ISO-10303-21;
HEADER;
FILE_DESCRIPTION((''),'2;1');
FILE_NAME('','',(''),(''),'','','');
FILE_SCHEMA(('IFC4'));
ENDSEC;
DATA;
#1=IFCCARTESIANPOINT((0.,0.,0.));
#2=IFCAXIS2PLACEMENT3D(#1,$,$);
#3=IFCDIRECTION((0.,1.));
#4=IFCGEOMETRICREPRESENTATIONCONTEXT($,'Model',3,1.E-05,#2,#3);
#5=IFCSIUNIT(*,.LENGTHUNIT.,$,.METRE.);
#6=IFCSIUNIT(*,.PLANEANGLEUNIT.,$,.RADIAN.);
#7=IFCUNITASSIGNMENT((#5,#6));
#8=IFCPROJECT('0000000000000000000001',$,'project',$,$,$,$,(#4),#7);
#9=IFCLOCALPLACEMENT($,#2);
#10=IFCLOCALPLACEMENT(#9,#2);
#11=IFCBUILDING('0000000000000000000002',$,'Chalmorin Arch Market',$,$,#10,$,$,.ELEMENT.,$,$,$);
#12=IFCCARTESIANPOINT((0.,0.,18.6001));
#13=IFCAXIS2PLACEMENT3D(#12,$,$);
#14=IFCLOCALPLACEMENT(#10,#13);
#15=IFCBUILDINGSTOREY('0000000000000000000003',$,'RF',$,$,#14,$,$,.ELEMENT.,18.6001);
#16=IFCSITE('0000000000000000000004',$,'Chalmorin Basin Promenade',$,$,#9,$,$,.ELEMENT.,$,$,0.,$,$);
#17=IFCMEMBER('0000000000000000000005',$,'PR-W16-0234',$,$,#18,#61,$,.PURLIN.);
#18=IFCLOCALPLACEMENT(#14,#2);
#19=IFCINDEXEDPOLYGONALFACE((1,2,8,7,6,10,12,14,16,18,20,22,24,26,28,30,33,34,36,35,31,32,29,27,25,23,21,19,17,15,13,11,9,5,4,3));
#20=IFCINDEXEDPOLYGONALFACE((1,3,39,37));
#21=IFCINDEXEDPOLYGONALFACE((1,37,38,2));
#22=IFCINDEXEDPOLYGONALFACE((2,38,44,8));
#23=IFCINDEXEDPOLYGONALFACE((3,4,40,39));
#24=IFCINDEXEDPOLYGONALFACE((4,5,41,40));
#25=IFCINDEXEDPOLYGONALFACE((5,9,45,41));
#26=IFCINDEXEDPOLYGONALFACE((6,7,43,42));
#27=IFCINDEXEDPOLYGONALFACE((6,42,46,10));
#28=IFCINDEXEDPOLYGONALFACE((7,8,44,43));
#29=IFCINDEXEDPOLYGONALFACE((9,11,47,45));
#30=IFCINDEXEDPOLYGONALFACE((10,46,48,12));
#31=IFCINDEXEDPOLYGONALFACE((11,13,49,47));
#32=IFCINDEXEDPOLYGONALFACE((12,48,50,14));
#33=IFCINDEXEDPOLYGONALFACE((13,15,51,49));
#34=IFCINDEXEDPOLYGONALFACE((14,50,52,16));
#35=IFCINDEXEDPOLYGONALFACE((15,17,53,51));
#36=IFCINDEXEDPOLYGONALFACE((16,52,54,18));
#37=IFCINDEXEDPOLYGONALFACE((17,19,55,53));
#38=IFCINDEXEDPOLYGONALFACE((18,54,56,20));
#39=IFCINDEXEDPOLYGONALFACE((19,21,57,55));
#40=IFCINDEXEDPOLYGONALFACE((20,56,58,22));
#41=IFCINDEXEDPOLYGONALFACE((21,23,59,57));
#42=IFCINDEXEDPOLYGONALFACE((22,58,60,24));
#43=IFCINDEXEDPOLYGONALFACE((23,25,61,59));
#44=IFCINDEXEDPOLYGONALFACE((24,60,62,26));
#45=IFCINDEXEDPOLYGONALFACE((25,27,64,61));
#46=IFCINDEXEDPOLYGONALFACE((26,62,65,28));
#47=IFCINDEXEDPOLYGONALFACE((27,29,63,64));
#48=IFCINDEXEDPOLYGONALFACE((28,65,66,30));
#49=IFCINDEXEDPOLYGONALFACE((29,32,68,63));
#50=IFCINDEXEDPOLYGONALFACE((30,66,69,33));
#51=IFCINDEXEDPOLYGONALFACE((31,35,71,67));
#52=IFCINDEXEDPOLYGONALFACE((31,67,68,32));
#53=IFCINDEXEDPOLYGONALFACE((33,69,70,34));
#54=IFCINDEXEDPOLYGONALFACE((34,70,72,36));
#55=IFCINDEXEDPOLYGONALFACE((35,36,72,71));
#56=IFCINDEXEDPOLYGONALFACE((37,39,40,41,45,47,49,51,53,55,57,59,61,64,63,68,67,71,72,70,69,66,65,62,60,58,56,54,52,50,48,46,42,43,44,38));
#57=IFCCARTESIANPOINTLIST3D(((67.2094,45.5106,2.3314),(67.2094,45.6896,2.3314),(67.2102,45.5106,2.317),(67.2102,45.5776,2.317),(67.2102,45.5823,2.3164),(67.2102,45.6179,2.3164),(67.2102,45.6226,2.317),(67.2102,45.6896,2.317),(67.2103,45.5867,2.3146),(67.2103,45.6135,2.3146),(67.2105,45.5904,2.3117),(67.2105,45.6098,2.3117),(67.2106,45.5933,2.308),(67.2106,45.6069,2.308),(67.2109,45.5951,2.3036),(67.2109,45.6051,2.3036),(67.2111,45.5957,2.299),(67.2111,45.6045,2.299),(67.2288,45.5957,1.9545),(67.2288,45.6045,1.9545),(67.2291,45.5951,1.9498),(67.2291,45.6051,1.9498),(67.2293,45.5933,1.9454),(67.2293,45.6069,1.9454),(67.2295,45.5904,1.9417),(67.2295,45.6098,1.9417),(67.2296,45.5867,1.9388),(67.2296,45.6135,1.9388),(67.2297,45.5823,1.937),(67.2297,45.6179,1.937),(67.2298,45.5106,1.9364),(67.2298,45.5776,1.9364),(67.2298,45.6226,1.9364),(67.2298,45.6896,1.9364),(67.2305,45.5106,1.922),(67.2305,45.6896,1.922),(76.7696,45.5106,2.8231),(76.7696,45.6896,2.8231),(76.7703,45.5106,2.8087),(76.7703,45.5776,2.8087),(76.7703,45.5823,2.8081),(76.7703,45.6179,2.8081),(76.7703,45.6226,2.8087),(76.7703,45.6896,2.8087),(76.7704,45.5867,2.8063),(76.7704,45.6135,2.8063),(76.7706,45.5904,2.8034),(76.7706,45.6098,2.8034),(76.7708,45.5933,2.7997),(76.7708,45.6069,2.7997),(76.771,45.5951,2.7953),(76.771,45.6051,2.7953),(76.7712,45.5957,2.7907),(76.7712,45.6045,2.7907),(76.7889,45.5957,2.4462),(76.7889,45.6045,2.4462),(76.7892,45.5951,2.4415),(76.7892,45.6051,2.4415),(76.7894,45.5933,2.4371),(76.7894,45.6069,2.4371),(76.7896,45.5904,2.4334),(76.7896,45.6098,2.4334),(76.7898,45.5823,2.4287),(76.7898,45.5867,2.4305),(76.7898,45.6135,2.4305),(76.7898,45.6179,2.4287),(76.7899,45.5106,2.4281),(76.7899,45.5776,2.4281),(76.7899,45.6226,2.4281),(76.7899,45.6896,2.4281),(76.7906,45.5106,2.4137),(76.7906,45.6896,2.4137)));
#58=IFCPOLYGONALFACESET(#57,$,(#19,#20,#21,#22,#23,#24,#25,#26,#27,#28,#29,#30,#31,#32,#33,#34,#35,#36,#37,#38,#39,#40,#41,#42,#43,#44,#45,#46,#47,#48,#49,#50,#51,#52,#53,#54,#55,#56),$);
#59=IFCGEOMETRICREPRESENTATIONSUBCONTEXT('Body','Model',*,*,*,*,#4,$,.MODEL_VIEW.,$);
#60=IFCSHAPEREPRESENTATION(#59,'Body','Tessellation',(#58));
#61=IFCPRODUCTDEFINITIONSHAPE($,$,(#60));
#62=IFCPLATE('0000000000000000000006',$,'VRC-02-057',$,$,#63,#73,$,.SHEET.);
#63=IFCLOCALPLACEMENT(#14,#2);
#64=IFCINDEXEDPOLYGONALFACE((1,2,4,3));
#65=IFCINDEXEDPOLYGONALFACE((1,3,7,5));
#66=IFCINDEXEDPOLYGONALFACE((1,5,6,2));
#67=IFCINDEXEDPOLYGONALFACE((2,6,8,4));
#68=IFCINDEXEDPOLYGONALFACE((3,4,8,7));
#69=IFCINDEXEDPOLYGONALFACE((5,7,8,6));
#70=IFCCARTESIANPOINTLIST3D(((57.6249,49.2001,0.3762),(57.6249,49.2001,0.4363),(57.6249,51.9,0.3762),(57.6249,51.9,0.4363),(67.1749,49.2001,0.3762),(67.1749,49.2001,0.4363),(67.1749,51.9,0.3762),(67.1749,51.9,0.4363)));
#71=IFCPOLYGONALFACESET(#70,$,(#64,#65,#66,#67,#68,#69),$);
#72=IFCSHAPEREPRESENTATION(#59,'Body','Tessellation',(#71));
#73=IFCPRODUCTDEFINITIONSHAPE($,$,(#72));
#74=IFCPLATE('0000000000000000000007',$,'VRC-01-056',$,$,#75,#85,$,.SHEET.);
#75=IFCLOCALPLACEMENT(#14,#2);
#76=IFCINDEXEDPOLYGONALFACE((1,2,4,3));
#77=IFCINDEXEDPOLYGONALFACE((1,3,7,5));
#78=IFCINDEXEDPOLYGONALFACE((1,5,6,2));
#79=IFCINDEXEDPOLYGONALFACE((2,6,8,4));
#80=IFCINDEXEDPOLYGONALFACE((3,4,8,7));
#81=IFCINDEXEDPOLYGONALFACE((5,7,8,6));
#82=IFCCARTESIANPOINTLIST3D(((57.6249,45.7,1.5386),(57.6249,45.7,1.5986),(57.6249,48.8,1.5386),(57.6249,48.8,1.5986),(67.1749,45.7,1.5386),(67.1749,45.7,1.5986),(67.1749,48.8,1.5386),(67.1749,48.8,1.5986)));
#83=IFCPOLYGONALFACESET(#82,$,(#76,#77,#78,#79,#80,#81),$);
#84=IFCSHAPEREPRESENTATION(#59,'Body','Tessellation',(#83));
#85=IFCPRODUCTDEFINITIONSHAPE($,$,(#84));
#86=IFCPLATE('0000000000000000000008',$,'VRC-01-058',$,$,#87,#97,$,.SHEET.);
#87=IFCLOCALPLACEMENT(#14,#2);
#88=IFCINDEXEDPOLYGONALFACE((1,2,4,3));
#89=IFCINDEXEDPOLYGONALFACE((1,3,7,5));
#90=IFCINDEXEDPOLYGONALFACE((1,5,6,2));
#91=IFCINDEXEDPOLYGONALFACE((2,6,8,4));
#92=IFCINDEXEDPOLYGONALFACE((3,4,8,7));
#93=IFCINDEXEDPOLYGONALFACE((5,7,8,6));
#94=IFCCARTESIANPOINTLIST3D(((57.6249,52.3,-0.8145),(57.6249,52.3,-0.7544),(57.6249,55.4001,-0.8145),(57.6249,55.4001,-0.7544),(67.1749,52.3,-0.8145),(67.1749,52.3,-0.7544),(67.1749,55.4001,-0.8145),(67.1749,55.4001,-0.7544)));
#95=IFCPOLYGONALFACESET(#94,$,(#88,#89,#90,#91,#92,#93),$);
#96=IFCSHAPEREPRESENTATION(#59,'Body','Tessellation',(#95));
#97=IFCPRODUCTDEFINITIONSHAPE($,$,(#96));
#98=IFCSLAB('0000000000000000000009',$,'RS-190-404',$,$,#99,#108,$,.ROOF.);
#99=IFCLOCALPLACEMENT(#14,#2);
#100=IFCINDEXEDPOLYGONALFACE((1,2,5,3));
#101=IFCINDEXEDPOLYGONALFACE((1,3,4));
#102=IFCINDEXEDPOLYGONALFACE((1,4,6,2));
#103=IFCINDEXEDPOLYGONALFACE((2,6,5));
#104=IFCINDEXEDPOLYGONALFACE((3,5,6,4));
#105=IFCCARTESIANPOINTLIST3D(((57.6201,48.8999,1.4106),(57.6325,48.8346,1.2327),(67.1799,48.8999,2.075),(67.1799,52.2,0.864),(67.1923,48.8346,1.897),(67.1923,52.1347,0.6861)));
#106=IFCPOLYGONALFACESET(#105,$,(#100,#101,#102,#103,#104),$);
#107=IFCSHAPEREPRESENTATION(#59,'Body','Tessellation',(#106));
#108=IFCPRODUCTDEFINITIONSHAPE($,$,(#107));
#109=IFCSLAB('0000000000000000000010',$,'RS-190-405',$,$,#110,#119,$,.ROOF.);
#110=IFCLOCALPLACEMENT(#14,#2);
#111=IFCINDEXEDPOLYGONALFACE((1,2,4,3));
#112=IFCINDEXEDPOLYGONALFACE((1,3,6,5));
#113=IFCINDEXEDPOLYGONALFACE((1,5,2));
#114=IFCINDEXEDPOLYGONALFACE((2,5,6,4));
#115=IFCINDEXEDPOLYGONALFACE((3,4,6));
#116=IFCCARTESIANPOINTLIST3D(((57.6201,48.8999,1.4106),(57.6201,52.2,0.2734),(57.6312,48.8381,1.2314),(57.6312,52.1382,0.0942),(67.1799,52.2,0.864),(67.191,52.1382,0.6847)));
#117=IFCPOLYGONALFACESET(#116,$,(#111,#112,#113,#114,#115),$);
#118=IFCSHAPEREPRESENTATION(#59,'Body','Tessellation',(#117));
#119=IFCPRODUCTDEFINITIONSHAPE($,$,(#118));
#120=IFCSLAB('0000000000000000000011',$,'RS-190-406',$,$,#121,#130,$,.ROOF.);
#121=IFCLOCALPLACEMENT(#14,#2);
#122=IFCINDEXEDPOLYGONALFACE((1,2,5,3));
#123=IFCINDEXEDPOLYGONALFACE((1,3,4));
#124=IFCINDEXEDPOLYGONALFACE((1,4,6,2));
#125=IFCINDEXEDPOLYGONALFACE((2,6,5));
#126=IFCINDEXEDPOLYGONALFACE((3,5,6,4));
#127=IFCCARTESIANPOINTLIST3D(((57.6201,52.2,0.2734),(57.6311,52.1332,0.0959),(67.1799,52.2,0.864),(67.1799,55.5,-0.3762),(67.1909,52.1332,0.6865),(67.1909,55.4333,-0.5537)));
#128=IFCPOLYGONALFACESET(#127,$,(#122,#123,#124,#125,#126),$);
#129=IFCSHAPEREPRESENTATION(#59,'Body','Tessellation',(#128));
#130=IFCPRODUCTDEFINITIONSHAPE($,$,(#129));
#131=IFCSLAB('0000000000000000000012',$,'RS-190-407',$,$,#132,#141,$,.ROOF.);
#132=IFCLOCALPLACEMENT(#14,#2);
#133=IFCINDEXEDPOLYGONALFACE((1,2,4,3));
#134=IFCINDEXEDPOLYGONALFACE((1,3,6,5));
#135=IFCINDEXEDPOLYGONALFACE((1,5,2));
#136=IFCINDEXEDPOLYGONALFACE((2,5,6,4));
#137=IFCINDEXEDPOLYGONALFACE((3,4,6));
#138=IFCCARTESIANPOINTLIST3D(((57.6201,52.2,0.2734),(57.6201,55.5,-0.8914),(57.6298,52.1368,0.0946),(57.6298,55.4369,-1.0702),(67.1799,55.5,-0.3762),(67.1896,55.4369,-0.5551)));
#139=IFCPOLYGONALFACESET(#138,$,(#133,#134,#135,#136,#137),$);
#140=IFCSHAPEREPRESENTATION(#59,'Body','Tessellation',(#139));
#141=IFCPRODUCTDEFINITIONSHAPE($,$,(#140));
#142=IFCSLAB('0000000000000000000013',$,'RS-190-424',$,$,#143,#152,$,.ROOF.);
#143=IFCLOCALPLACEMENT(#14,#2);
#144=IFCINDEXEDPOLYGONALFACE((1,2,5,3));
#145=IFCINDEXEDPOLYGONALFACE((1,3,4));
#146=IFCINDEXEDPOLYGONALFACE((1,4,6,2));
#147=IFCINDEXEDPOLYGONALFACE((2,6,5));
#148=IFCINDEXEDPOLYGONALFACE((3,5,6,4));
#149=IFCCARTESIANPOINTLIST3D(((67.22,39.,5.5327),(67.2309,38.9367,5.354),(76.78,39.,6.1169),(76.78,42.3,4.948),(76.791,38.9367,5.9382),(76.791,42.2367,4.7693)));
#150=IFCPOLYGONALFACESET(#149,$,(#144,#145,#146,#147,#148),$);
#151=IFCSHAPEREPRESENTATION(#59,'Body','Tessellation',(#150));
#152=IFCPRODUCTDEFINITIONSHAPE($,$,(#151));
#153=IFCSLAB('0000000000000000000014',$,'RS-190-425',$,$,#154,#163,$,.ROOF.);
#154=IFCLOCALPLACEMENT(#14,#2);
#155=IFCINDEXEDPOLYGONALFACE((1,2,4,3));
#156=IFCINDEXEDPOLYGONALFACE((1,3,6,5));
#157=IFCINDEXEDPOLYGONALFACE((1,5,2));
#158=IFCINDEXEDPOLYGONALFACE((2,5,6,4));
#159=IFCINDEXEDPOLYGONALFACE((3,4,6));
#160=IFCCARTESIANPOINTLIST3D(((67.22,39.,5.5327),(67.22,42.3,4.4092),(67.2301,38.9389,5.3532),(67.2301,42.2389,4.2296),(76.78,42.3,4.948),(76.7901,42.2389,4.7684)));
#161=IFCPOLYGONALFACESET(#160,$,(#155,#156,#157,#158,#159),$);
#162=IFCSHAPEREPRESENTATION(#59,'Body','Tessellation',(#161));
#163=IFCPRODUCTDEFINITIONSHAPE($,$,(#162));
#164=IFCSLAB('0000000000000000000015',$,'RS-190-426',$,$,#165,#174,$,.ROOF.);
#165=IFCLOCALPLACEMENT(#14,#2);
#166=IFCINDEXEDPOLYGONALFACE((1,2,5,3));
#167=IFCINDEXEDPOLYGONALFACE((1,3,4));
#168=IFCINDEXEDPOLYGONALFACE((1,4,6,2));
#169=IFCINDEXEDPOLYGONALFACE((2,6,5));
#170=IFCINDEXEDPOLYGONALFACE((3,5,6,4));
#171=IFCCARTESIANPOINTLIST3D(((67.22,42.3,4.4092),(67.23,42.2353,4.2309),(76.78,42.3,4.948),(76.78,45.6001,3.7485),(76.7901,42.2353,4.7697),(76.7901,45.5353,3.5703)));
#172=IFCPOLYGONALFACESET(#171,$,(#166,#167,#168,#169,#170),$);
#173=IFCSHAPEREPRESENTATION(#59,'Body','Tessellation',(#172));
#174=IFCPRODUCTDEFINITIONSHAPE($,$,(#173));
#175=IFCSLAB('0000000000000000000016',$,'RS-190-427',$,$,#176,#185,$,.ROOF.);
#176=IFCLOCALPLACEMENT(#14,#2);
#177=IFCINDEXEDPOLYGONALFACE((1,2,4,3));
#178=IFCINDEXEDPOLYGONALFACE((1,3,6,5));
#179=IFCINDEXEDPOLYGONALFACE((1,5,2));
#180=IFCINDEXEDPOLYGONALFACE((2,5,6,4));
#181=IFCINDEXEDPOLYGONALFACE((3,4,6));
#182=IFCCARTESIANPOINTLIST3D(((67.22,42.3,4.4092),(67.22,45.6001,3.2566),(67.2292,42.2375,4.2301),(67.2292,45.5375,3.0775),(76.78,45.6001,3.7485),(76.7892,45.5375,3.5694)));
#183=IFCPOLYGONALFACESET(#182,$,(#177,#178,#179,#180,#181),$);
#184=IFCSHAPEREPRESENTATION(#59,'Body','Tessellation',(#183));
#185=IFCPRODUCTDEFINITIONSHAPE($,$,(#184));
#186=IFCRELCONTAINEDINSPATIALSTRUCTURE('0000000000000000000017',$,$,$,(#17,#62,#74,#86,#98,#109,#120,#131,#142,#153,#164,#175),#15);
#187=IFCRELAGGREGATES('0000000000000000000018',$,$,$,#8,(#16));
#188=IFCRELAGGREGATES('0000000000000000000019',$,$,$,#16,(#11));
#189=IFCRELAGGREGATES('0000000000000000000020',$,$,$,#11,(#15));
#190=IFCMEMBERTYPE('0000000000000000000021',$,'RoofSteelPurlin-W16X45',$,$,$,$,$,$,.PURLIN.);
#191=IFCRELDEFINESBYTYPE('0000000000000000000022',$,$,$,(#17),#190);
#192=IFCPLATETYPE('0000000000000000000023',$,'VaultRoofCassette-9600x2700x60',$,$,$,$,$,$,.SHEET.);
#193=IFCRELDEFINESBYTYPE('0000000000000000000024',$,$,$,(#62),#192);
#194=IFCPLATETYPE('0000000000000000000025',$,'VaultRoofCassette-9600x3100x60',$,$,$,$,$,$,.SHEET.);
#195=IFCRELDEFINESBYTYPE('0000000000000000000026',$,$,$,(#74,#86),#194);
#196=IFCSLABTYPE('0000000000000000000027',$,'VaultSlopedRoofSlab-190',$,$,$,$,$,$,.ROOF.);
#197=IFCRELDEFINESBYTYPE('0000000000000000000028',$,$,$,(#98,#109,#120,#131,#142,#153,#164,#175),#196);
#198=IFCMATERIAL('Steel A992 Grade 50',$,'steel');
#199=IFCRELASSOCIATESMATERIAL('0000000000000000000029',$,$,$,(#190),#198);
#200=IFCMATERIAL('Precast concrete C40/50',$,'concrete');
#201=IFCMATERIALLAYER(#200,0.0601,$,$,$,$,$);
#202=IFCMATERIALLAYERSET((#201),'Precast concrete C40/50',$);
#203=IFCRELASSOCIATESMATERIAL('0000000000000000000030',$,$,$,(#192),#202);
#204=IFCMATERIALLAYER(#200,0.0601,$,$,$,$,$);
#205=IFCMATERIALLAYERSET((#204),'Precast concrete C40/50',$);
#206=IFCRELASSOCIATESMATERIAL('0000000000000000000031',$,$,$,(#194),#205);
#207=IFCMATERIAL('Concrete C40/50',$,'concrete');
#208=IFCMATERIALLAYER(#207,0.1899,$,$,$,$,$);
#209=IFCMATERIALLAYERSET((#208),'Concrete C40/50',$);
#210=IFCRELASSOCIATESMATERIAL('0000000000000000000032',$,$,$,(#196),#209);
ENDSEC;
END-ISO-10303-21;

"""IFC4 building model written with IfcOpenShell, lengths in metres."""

from ifc_helpers import new_model, si_unit, direction, frame, origin, origin_2d, place, context, subcontext, project, spatial, polyline, rectangle, i_section, outline, extrude, material, layer, layer_set, material_profile, profile_set, type_object, element, save


model = new_model("IFC4")

# Units and contexts
model_context = context("Model", 3, precision=1e-05, world=origin(), true_north=direction((0.0, 1.0)))
body_context = subcontext(model_context, "Body", "Model", "MODEL_VIEW")
ifc_project = project(units=[si_unit("LENGTHUNIT", "METRE"), si_unit("PLANEANGLEUNIT", "RADIAN")], contexts=[model_context])

# Site, building, storey
site_placement = place(None, origin())
site = spatial("IfcSite", under=ifc_project, at=site_placement, Name="Chalmorin Basin Promenade", CompositionType="ELEMENT", RefElevation=0.0)
building_placement = place(site_placement, origin())
building = spatial("IfcBuilding", under=site, at=building_placement, Name="Chalmorin Arch Market", CompositionType="ELEMENT")
storey_placement = place(building_placement, frame((0.0, 0.0, 18.6001)))
storey = spatial("IfcBuildingStorey", under=building, at=storey_placement, Name="RF", CompositionType="ELEMENT", Elevation=18.6001)

# Member
ifc_material_1 = material(Name="Steel A992 Grade 50", Category="steel")
ifc_material_profile_1 = material_profile(ifc_material_1, i_section(OverallWidth=0.179, OverallDepth=0.4099, WebThickness=0.0088, FlangeThickness=0.0144, FilletRadius=0.0181, at=origin_2d()), Name="W16X45")
ifc_profile_set_1 = profile_set([ifc_material_profile_1], Name="Steel A992 Grade 50")
member_type_1 = type_object("IfcMemberType", Name="RoofSteelPurlin-W16X45", PredefinedType="PURLIN", material=ifc_profile_set_1)
member_1_placement = place(storey_placement, frame((67.22, 45.6001, 2.1267), z_axis=(0.99868, 0.0, 0.051365), x_axis=(0.0, 1.0, 0.0)))
element("IfcMember", 1, at=member_1_placement, inside=storey, type_object=member_type_1, Name="PR-W16-0234", PredefinedType="PURLIN", context=body_context, shape_type="SweptSolid", body=[
    extrude(i_section(OverallWidth=0.179, OverallDepth=0.4099, WebThickness=0.0088, FlangeThickness=0.0144, FilletRadius=0.0181, at=origin_2d()), origin(), (0.0, 0.0, 1.0), 9.5728),
])

# Plates
ifc_material_2 = material(Name="Precast concrete C40/50", Category="concrete")
ifc_layer_1 = layer(ifc_material_2, 0.0601)
ifc_layer_set_1 = layer_set([ifc_layer_1], Name="Precast concrete C40/50")
plate_type_1 = type_object("IfcPlateType", Name="VaultRoofCassette-9600x2700x60", PredefinedType="SHEET", material=ifc_layer_set_1)
plate_placement = place(storey_placement, frame((62.3999, 50.55, 0.3762), z_axis=(0.0, 0.0, 1.0), x_axis=(1.0, 0.0, 0.0)))
element("IfcPlate", 2, at=plate_placement, inside=storey, type_object=plate_type_1, Name="VRC-02-057", PredefinedType="SHEET", context=body_context, shape_type="SweptSolid", body=[
    extrude(rectangle(XDim=9.55, YDim=2.7, at=origin_2d()), origin(), (0.0, 0.0, 1.0), 0.0601),
])
ifc_layer_2 = layer(ifc_material_2, 0.0601)
ifc_layer_set_2 = layer_set([ifc_layer_2], Name="Precast concrete C40/50")
plate_type_2 = type_object("IfcPlateType", Name="VaultRoofCassette-9600x3100x60", PredefinedType="SHEET", material=ifc_layer_set_2)
for number, where, z_axis, x_axis, name in (
    (3, (62.3999, 47.25, 1.5386), (0.0, 0.0, 1.0), (1.0, 0.0, 0.0), "VRC-01-056"),
    (4, (62.3999, 53.8501, -0.8145), (0.0, 0.0, 1.0), (1.0, 0.0, 0.0), "VRC-01-058"),
):
    element("IfcPlate", number, at=place(storey_placement, frame(where, z_axis=z_axis, x_axis=x_axis)), inside=storey, type_object=plate_type_2, Name=name, PredefinedType="SHEET", context=body_context, shape_type="SweptSolid", body=[
        extrude(rectangle(XDim=9.55, YDim=3.1001, at=origin_2d()), origin(), (0.0, 0.0, 1.0), 0.0601),
    ])

# Slabs
ifc_material_3 = material(Name="Concrete C40/50", Category="concrete")
ifc_layer_3 = layer(ifc_material_3, 0.1899)
ifc_layer_set_3 = layer_set([ifc_layer_3], Name="Concrete C40/50")
slab_type = type_object("IfcSlabType", Name="VaultSlopedRoofSlab-190", PredefinedType="ROOF", material=ifc_layer_set_3)
slab_1_placement = place(storey_placement, frame((57.6201, 48.8999, 1.4106), z_axis=(-0.065098, 0.343755, 0.9368), x_axis=(0.997594, 0.0, 0.069322)))
element("IfcSlab", 5, at=slab_1_placement, inside=storey, type_object=slab_type, Name="RS-190-404", PredefinedType="ROOF", context=body_context, shape_type="SweptSolid", body=[
    extrude(outline(polyline([(0.0, 0.0), (9.5829, 0.0), (9.4989, 3.5142), (0.0, 0.0)])), origin(), (0.0, 0.0, -1.0), 0.1899),
])
slab_2_placement = place(storey_placement, frame((57.6201, 48.8999, 1.4106), z_axis=(-0.058307, 0.325247, 0.94383), x_axis=(0.943887, 0.32583, -0.053972)))
element("IfcSlab", 6, at=slab_2_placement, inside=storey, type_object=slab_type, Name="RS-190-405", PredefinedType="ROOF", context=body_context, shape_type="SweptSolid", body=[
    extrude(outline(polyline([(0.0, 0.0), (10.1281, 0.0), (1.1366, 3.3002), (0.0, 0.0)])), origin(), (0.0, 0.0, -1.0), 0.1899),
])
slab_3_placement = place(storey_placement, frame((57.6201, 52.2, 0.2734), z_axis=(-0.057731, 0.351212, 0.934514), x_axis=(0.998097, 0.0, 0.061659)))
element("IfcSlab", 7, at=slab_3_placement, inside=storey, type_object=slab_type, Name="RS-190-406", PredefinedType="ROOF", context=body_context, shape_type="SweptSolid", body=[
    extrude(outline(polyline([(0.0, 0.0), (9.578, 0.0), (9.5016, 3.5246), (0.0, 0.0)])), origin(), (0.0, 0.0, -1.0), 0.1899),
])
slab_4_placement = place(storey_placement, frame((57.6201, 52.2, 0.2734), z_axis=(-0.050748, 0.33241, 0.941769), x_axis=(0.94332, 0.325634, -0.064105)))
element("IfcSlab", 8, at=slab_4_placement, inside=storey, type_object=slab_type, Name="RS-190-407", PredefinedType="ROOF", context=body_context, shape_type="SweptSolid", body=[
    extrude(outline(polyline([(0.0, 0.0), (10.1342, 0.0), (1.1493, 3.3055), (0.0, 0.0)])), origin(), (0.0, 0.0, -1.0), 0.1899),
])
slab_5_placement = place(storey_placement, frame((67.22, 39.0, 5.5327), z_axis=(-0.057509, 0.33334, 0.941051), x_axis=(0.998138, 0.0, 0.060998)))
element("IfcSlab", 9, at=slab_5_placement, inside=storey, type_object=slab_type, Name="RS-190-424", PredefinedType="ROOF", context=body_context, shape_type="SweptSolid", body=[
    extrude(outline(polyline([(0.0, 0.0), (9.5779, 0.0), (9.5066, 3.5002), (0.0, 0.0)])), origin(), (0.0, 0.0, -1.0), 0.1899),
])
slab_6_placement = place(storey_placement, frame((67.22, 39.0, 5.5327), z_axis=(-0.053278, 0.321835, 0.945295), x_axis=(0.943691, 0.325754, -0.057718)))
element("IfcSlab", 10, at=slab_6_placement, inside=storey, type_object=slab_type, Name="RS-190-425", PredefinedType="ROOF", context=body_context, shape_type="SweptSolid", body=[
    extrude(outline(polyline([(0.0, 0.0), (10.1305, 0.0), (1.1399, 3.2944), (0.0, 0.0)])), origin(), (0.0, 0.0, -1.0), 0.1899),
])
slab_7_placement = place(storey_placement, frame((67.22, 42.3, 4.4092), z_axis=(-0.052897, 0.341125, 0.938528), x_axis=(0.998415, 0.0, 0.056272)))
element("IfcSlab", 11, at=slab_7_placement, inside=storey, type_object=slab_type, Name="RS-190-426", PredefinedType="ROOF", context=body_context, shape_type="SweptSolid", body=[
    extrude(outline(polyline([(0.0, 0.0), (9.5752, 0.0), (9.5077, 3.5106), (0.0, 0.0)])), origin(), (0.0, 0.0, -1.0), 0.1899),
])
slab_8_placement = place(storey_placement, frame((67.22, 42.3, 4.4092), z_axis=(-0.048523, 0.329343, 0.942963), x_axis=(0.943257, 0.325604, -0.065183)))
element("IfcSlab", 12, at=slab_8_placement, inside=storey, type_object=slab_type, Name="RS-190-427", PredefinedType="ROOF", context=body_context, shape_type="SweptSolid", body=[
    extrude(outline(polyline([(0.0, 0.0), (10.1352, 0.0), (1.1496, 3.3011), (0.0, 0.0)])), origin(), (0.0, 0.0, -1.0), 0.1899),
])

save(model, "model.ifc")
